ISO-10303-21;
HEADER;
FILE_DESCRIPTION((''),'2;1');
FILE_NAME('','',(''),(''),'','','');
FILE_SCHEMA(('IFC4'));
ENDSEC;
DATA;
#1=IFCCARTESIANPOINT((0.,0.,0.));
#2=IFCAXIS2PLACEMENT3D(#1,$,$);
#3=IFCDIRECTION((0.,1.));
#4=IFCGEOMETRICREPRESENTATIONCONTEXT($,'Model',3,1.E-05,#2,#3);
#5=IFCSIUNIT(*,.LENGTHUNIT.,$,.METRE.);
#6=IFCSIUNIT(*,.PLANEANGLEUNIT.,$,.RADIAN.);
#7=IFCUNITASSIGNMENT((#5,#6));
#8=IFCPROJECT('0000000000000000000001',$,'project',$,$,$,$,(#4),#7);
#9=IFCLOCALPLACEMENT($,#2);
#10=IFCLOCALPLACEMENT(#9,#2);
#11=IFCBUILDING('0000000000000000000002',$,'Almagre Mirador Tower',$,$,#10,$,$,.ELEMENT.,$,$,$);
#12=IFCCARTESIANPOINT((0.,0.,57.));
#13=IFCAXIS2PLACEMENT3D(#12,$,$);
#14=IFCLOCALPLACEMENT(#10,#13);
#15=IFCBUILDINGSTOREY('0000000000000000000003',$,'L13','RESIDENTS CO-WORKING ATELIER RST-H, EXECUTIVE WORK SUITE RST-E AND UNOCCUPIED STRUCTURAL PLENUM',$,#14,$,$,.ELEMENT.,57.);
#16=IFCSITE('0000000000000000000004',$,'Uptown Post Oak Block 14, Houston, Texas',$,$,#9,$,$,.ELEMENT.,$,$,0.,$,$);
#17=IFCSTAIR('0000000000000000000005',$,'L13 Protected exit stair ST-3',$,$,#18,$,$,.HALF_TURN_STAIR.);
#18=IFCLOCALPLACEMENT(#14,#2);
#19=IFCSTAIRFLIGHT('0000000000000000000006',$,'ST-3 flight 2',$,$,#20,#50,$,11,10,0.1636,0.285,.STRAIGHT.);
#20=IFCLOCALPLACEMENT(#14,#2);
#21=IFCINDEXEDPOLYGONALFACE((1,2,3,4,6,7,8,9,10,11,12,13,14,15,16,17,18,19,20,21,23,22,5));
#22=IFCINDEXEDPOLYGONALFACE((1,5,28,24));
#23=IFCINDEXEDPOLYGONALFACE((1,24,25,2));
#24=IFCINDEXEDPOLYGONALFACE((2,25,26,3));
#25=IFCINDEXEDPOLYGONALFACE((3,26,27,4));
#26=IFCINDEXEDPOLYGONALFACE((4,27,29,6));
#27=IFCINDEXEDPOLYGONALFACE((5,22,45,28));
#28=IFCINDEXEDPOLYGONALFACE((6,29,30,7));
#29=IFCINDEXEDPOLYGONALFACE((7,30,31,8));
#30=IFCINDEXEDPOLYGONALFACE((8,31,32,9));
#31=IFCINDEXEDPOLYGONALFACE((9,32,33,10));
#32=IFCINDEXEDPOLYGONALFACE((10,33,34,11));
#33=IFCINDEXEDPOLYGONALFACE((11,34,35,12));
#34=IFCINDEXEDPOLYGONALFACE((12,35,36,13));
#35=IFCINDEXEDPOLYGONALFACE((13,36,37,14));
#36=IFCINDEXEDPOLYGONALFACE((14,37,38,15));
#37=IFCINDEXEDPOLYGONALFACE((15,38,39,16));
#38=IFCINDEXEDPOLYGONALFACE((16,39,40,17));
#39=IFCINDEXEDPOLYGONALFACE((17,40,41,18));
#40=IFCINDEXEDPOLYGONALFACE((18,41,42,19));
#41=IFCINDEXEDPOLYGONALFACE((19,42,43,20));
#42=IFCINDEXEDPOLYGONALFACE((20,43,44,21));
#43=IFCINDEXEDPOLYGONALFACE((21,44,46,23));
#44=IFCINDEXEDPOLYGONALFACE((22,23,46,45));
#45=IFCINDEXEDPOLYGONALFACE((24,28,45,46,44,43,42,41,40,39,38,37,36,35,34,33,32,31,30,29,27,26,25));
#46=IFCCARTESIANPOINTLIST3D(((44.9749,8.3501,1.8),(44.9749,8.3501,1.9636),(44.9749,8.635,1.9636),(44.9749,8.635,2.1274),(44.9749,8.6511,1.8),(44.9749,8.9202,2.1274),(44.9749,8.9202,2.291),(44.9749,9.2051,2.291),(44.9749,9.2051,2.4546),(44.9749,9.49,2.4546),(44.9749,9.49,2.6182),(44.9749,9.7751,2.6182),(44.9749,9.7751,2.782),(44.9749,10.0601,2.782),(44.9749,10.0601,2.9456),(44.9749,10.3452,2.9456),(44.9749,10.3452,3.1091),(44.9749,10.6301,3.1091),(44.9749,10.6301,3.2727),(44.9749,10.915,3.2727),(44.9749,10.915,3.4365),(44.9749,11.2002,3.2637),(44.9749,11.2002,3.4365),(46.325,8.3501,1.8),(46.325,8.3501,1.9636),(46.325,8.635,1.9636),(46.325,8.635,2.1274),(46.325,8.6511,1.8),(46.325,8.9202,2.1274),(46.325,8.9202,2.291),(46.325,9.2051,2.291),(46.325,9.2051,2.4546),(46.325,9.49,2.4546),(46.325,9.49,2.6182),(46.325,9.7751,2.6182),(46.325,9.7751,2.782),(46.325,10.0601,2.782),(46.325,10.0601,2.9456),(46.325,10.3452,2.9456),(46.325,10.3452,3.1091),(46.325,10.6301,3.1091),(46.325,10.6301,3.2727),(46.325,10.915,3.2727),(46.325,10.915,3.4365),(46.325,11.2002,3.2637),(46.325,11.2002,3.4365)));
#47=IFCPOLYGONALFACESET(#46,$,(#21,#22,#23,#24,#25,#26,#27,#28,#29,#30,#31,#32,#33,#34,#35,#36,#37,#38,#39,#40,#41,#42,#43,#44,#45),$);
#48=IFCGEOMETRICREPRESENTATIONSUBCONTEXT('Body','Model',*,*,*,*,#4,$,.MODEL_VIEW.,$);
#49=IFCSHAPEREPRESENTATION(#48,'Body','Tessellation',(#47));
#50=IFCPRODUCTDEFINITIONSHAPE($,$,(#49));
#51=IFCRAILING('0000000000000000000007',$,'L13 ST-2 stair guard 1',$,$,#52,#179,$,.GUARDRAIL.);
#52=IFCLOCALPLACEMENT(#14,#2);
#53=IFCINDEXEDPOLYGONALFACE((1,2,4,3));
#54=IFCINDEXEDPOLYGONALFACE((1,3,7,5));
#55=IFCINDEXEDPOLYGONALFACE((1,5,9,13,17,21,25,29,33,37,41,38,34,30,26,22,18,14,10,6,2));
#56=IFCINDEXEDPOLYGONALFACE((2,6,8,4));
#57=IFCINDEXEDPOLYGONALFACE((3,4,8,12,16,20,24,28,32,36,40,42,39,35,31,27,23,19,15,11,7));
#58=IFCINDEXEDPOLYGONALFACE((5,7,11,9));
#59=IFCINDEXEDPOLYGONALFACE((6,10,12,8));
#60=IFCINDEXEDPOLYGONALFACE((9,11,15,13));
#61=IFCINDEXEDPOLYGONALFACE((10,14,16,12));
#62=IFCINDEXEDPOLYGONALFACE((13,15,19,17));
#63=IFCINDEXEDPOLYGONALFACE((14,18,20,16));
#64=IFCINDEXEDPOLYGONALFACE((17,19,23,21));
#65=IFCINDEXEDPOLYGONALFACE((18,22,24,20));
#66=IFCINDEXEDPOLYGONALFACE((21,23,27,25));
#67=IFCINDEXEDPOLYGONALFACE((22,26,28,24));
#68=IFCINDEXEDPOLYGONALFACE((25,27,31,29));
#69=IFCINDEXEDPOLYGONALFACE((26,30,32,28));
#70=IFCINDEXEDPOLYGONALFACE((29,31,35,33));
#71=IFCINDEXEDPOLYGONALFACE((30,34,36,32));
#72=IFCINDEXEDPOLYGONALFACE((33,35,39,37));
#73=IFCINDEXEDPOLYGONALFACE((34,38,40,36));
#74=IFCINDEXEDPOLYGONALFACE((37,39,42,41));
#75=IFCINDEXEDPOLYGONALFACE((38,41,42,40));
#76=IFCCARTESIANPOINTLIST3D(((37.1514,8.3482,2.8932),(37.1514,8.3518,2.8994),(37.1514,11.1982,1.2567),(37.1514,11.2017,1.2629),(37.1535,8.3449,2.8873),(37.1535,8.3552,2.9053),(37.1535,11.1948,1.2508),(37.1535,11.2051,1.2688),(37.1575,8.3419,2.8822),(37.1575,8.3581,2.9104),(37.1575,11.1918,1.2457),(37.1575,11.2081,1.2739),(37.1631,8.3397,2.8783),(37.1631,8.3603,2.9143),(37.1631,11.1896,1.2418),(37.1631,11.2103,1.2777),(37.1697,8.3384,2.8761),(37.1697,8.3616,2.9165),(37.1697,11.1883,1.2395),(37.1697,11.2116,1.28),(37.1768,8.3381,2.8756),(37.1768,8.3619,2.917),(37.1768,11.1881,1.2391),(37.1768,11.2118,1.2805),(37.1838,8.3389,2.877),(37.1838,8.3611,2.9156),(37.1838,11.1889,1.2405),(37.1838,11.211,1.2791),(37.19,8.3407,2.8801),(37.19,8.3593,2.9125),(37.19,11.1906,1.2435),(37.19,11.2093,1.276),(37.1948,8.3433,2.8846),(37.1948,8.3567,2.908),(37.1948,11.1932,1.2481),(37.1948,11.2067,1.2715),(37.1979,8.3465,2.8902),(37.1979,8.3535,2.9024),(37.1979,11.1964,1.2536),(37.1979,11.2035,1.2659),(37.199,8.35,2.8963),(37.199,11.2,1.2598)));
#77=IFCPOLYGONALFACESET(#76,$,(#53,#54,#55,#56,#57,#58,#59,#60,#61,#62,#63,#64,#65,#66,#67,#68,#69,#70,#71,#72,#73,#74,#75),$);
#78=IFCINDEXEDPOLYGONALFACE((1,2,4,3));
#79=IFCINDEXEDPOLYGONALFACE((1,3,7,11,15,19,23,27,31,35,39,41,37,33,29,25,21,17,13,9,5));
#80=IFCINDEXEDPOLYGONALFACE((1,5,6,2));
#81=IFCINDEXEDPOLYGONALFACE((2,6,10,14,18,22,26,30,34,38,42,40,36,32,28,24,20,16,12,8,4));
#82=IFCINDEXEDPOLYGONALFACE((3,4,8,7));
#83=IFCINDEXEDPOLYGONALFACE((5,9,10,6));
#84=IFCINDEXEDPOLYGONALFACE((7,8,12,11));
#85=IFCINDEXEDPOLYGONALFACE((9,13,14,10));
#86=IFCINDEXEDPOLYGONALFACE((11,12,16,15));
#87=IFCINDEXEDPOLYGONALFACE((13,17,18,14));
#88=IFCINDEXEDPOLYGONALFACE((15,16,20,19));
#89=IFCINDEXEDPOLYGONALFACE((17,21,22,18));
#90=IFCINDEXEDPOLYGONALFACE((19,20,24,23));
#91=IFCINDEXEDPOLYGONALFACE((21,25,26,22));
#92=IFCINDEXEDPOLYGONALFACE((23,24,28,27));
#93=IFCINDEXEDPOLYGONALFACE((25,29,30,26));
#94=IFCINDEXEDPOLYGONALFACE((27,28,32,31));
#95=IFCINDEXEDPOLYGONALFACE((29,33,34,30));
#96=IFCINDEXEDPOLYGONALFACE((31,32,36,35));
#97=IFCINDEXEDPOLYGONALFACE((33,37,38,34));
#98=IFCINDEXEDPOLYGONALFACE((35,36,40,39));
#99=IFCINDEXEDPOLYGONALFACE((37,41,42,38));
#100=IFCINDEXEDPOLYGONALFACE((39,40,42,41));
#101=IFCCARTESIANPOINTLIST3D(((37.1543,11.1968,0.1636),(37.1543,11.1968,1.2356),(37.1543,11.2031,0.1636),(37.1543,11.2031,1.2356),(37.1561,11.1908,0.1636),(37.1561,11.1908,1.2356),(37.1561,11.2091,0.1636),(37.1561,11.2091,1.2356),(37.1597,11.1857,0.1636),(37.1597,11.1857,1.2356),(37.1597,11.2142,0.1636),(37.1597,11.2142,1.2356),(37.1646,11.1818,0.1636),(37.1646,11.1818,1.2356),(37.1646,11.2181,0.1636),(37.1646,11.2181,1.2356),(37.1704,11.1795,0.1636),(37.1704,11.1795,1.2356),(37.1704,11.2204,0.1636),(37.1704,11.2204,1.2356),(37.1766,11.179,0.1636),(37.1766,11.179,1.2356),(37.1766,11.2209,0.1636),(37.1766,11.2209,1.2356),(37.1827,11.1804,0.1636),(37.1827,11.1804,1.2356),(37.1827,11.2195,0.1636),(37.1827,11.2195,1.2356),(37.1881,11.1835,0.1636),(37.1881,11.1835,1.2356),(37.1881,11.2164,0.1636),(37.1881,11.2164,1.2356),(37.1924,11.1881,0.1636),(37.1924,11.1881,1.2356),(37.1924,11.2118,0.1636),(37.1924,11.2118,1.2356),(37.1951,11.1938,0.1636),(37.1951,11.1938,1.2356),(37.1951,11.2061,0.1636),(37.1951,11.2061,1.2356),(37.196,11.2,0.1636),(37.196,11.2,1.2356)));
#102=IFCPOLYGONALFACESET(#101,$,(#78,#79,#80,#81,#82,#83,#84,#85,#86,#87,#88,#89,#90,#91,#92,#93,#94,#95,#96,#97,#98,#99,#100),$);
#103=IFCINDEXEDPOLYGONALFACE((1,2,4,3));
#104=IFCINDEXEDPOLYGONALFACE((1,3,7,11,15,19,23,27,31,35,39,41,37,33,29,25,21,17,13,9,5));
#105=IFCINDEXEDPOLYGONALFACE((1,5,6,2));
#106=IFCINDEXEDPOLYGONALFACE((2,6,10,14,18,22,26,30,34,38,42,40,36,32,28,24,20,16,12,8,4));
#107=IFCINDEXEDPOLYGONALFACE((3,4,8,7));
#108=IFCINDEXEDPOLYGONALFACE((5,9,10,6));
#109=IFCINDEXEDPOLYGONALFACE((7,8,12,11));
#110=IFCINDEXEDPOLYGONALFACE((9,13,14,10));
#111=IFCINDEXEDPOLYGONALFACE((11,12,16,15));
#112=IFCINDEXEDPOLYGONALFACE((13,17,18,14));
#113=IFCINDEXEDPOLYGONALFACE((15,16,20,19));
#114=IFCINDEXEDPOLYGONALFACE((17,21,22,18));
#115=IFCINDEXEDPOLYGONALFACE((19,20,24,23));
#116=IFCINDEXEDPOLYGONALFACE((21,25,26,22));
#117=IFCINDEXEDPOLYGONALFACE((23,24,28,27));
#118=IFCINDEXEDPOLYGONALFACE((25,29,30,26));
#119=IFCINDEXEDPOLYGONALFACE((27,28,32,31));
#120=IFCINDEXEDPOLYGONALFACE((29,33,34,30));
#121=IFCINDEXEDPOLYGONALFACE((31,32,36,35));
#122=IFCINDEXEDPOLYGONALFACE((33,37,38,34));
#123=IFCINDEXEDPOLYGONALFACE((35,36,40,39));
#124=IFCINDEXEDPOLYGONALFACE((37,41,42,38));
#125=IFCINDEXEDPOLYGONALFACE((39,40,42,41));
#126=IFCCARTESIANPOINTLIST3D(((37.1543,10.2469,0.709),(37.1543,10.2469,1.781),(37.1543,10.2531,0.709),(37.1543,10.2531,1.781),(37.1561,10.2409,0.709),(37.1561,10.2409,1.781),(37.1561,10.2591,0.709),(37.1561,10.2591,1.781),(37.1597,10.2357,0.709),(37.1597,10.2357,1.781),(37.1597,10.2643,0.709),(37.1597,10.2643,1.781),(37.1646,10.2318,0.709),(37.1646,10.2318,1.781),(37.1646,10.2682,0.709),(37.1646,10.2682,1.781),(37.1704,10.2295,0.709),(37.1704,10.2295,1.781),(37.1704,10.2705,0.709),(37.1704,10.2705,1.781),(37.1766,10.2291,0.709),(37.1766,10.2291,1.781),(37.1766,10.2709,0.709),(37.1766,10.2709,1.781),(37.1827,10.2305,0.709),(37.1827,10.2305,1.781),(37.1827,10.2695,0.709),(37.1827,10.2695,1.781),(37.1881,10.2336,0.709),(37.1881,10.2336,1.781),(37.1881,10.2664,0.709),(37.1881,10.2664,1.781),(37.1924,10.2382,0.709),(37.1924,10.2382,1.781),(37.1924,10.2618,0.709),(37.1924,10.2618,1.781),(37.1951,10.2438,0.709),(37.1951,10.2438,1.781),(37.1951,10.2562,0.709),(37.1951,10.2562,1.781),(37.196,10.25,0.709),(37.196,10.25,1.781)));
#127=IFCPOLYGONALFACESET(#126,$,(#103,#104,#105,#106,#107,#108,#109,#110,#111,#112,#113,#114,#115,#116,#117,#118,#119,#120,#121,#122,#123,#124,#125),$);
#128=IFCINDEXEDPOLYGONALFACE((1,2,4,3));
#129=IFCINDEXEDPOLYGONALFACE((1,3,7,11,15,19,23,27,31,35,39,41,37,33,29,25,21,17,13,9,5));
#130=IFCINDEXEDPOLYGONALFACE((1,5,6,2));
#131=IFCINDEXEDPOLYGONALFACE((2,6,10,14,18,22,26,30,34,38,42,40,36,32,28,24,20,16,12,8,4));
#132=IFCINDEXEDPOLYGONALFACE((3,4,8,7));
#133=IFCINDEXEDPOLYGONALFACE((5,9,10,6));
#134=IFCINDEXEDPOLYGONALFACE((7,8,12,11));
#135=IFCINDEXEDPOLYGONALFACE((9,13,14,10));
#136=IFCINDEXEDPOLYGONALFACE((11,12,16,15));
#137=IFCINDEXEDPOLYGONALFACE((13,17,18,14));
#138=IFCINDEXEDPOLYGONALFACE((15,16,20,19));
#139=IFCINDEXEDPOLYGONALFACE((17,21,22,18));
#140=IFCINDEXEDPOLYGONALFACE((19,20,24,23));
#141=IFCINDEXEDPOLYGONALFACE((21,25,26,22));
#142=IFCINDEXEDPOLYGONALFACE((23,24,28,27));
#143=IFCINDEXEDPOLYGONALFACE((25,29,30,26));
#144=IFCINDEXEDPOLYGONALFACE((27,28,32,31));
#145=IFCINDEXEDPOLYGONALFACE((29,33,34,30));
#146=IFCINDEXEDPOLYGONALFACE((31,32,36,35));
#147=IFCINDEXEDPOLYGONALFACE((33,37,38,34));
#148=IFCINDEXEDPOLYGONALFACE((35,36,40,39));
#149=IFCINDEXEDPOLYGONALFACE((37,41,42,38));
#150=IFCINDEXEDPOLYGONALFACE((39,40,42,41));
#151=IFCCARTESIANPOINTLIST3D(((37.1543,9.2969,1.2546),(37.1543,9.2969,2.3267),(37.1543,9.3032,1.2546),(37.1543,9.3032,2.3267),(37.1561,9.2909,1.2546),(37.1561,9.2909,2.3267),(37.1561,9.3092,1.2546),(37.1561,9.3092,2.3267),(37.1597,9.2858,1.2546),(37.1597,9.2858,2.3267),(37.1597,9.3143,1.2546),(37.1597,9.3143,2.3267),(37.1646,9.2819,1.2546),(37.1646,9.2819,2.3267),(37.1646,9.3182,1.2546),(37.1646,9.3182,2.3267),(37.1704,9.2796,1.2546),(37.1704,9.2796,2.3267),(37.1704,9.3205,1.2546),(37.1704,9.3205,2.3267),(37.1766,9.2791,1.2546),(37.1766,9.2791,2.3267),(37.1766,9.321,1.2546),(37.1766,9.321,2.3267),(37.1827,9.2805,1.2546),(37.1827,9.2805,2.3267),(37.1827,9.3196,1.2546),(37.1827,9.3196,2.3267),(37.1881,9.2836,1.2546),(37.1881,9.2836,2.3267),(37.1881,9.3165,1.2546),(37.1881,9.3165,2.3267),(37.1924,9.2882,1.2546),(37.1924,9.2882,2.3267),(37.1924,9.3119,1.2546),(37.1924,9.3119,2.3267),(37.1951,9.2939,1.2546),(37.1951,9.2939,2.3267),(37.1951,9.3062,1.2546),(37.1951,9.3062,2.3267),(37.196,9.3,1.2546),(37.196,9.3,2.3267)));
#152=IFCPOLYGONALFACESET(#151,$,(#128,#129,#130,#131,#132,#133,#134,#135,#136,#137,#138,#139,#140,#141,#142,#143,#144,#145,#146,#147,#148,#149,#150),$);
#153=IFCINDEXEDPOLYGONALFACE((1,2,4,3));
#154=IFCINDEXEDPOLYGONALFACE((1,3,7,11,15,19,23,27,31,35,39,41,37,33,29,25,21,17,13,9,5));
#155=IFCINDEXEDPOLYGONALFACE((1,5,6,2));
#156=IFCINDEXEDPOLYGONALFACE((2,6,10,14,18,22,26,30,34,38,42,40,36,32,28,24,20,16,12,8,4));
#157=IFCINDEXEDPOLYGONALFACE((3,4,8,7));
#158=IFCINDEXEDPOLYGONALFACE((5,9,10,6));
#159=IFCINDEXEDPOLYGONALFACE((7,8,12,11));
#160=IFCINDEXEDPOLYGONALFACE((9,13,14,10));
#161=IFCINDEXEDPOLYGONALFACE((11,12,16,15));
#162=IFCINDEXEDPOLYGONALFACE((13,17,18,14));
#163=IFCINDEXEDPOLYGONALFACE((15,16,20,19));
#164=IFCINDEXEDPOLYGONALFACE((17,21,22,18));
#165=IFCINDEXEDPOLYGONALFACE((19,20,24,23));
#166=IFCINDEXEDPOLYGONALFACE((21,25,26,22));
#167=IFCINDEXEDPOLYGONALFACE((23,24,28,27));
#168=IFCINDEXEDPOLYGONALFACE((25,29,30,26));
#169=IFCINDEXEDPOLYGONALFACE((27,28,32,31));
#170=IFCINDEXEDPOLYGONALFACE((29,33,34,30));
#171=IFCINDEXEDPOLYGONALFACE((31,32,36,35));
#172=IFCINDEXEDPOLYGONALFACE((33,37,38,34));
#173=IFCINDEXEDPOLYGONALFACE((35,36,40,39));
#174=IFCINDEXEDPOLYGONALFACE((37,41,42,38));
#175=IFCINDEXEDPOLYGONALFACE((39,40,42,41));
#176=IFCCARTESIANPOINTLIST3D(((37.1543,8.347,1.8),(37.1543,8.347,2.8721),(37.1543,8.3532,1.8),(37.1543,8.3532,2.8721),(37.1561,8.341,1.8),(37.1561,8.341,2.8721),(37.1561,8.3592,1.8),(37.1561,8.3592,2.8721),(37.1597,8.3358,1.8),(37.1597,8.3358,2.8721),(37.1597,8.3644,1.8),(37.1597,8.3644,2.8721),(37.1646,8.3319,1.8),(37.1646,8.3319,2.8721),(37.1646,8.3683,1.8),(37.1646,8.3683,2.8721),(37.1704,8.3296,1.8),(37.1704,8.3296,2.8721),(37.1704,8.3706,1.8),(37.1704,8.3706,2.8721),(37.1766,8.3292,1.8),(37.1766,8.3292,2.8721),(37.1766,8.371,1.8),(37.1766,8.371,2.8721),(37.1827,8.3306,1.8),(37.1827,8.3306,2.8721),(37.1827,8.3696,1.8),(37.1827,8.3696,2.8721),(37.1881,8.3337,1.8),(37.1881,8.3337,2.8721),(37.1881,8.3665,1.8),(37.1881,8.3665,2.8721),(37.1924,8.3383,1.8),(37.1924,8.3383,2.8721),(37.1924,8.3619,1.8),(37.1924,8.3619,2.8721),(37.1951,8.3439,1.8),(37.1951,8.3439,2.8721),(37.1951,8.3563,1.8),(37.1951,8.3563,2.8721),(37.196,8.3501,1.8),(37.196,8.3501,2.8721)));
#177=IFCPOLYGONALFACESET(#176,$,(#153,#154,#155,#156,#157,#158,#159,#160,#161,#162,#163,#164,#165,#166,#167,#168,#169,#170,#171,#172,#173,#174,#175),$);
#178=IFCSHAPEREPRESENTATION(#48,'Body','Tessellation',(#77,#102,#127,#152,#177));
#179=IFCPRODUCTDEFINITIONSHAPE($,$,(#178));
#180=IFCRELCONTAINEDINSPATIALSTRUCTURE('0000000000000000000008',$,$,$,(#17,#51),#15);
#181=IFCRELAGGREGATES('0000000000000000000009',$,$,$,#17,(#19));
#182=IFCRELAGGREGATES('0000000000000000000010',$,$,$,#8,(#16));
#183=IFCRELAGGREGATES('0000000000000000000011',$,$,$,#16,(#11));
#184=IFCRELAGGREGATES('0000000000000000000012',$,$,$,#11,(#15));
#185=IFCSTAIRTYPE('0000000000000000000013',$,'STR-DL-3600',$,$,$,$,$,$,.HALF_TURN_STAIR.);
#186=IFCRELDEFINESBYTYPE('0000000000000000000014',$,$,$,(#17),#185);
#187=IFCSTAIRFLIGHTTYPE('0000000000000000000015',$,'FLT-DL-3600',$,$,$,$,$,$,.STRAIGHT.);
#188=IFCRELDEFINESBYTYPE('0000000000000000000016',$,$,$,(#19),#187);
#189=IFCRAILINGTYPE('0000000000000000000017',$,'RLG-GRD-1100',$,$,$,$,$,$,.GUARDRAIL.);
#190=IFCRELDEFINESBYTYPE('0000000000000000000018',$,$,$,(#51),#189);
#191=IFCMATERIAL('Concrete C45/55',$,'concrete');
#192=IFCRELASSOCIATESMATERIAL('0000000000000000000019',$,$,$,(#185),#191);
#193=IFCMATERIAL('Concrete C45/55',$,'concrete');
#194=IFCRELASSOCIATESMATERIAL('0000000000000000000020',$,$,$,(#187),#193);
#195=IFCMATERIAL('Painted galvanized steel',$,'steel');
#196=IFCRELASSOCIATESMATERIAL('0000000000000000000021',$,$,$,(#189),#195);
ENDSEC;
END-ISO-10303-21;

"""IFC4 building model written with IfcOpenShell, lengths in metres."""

from ifc_helpers import new_model, si_unit, direction, frame, origin, origin_2d, place, context, subcontext, project, spatial, polyline, circle, outline, extrude, material, type_object, element, aggregate, save


model = new_model("IFC4")

# Units and contexts
model_context = context("Model", 3, precision=1e-05, world=origin(), true_north=direction((0.0, 1.0)))
body_context = subcontext(model_context, "Body", "Model", "MODEL_VIEW")
ifc_project = project(units=[si_unit("LENGTHUNIT", "METRE"), si_unit("PLANEANGLEUNIT", "RADIAN")], contexts=[model_context])

# Site, building, storey
site_placement = place(None, origin())
site = spatial("IfcSite", under=ifc_project, at=site_placement, Name="Uptown Post Oak Block 14, Houston, Texas", CompositionType="ELEMENT", RefElevation=0.0)
building_placement = place(site_placement, origin())
building = spatial("IfcBuilding", under=site, at=building_placement, Name="Almagre Mirador Tower", CompositionType="ELEMENT")
storey_placement = place(building_placement, frame((0.0, 0.0, 57.0)))
storey = spatial("IfcBuildingStorey", under=building, at=storey_placement, Name="L13", Description="RESIDENTS CO-WORKING ATELIER RST-H, EXECUTIVE WORK SUITE RST-E AND UNOCCUPIED STRUCTURAL PLENUM", CompositionType="ELEMENT", Elevation=57.0)

# Shared definitions
ifc_material_1 = material(Name="Concrete C45/55", Category="concrete")
stair_type = type_object("IfcStairType", Name="STR-DL-3600", PredefinedType="HALF_TURN_STAIR", material=ifc_material_1)
ifc_material_2 = material(Name="Concrete C45/55", Category="concrete")
stair_flight_type = type_object("IfcStairFlightType", Name="FLT-DL-3600", PredefinedType="STRAIGHT", material=ifc_material_2)

# Stair, stair flight
stair_1_placement = place(storey_placement, origin())
stair_1 = element("IfcStair", 1, at=stair_1_placement, inside=storey, type_object=stair_type, Name="L13 Protected exit stair ST-3", PredefinedType="HALF_TURN_STAIR")
stair_flight_1_placement = place(storey_placement, frame((45.6499, 8.3501, 1.8), z_axis=(0.0, 0.0, 1.0), x_axis=(0.0, 1.0, 0.0)))
stair_flight_1 = element("IfcStairFlight", 2, at=stair_flight_1_placement, type_object=stair_flight_type, Name="ST-3 flight 2", NumberOfRisers=11, NumberOfTreads=10, PredefinedType="STRAIGHT", RiserHeight=0.1636, TreadLength=0.285, context=body_context, shape_type="SweptSolid", body=[
    extrude(outline(polyline([(0.0, 0.0), (0.0, 0.1636), (0.2849, 0.1636), (0.2849, 0.3274), (0.5701, 0.3274), (0.5701, 0.491), (0.855, 0.491), (0.855, 0.6545), (1.1399, 0.6545), (1.1399, 0.8181), (1.425, 0.8181), (1.425, 0.9819), (1.71, 0.9819), (1.71, 1.1455), (1.9951, 1.1455), (1.9951, 1.3091), (2.28, 1.3091), (2.28, 1.4727), (2.5649, 1.4727), (2.5649, 1.6365), (2.8501, 1.6365), (2.8501, 1.8), (2.8501, 1.4636), (0.301, 0.0), (0.0, 0.0)])), frame((0.0, 0.675, 0.0), z_axis=(0.0, -1.0, 0.0), x_axis=(1.0, 0.0, 0.0)), (0.0, 0.0, 1.0), 1.3501),
])
aggregate(stair_1, [stair_flight_1])

# Railing
ifc_material_3 = material(Name="Painted galvanized steel", Category="steel")
railing_type_1 = type_object("IfcRailingType", Name="RLG-GRD-1100", PredefinedType="GUARDRAIL", material=ifc_material_3)
railing_1_placement = place(storey_placement, frame((37.175, 11.2, 0.1636)))
element("IfcRailing", 3, at=railing_1_placement, inside=storey, type_object=railing_type_1, Name="L13 ST-2 stair guard 1", PredefinedType="GUARDRAIL", context=body_context, shape_type="SweptSolid", body=[
    extrude(circle(Radius=0.0239, at=origin_2d()), frame((0.0, 0.0, 1.0962), z_axis=(0.0, -0.867194, 0.49797), x_axis=(1.0, 0.0, 0.0)), (0.0, 0.0, 1.0), 3.2864),
    extrude(circle(Radius=0.021, at=origin_2d()), origin(), (0.0, 0.0, 1.0), 1.072),
    extrude(circle(Radius=0.021, at=origin_2d()), frame((0.0, -0.95, 0.5454)), (0.0, 0.0, 1.0), 1.072),
    extrude(circle(Radius=0.021, at=origin_2d()), frame((0.0, -1.8999, 1.0911)), (0.0, 0.0, 1.0), 1.072),
    extrude(circle(Radius=0.021, at=origin_2d()), frame((0.0, -2.8499, 1.6365)), (0.0, 0.0, 1.0), 1.072),
])

save(model, "model.ifc")
